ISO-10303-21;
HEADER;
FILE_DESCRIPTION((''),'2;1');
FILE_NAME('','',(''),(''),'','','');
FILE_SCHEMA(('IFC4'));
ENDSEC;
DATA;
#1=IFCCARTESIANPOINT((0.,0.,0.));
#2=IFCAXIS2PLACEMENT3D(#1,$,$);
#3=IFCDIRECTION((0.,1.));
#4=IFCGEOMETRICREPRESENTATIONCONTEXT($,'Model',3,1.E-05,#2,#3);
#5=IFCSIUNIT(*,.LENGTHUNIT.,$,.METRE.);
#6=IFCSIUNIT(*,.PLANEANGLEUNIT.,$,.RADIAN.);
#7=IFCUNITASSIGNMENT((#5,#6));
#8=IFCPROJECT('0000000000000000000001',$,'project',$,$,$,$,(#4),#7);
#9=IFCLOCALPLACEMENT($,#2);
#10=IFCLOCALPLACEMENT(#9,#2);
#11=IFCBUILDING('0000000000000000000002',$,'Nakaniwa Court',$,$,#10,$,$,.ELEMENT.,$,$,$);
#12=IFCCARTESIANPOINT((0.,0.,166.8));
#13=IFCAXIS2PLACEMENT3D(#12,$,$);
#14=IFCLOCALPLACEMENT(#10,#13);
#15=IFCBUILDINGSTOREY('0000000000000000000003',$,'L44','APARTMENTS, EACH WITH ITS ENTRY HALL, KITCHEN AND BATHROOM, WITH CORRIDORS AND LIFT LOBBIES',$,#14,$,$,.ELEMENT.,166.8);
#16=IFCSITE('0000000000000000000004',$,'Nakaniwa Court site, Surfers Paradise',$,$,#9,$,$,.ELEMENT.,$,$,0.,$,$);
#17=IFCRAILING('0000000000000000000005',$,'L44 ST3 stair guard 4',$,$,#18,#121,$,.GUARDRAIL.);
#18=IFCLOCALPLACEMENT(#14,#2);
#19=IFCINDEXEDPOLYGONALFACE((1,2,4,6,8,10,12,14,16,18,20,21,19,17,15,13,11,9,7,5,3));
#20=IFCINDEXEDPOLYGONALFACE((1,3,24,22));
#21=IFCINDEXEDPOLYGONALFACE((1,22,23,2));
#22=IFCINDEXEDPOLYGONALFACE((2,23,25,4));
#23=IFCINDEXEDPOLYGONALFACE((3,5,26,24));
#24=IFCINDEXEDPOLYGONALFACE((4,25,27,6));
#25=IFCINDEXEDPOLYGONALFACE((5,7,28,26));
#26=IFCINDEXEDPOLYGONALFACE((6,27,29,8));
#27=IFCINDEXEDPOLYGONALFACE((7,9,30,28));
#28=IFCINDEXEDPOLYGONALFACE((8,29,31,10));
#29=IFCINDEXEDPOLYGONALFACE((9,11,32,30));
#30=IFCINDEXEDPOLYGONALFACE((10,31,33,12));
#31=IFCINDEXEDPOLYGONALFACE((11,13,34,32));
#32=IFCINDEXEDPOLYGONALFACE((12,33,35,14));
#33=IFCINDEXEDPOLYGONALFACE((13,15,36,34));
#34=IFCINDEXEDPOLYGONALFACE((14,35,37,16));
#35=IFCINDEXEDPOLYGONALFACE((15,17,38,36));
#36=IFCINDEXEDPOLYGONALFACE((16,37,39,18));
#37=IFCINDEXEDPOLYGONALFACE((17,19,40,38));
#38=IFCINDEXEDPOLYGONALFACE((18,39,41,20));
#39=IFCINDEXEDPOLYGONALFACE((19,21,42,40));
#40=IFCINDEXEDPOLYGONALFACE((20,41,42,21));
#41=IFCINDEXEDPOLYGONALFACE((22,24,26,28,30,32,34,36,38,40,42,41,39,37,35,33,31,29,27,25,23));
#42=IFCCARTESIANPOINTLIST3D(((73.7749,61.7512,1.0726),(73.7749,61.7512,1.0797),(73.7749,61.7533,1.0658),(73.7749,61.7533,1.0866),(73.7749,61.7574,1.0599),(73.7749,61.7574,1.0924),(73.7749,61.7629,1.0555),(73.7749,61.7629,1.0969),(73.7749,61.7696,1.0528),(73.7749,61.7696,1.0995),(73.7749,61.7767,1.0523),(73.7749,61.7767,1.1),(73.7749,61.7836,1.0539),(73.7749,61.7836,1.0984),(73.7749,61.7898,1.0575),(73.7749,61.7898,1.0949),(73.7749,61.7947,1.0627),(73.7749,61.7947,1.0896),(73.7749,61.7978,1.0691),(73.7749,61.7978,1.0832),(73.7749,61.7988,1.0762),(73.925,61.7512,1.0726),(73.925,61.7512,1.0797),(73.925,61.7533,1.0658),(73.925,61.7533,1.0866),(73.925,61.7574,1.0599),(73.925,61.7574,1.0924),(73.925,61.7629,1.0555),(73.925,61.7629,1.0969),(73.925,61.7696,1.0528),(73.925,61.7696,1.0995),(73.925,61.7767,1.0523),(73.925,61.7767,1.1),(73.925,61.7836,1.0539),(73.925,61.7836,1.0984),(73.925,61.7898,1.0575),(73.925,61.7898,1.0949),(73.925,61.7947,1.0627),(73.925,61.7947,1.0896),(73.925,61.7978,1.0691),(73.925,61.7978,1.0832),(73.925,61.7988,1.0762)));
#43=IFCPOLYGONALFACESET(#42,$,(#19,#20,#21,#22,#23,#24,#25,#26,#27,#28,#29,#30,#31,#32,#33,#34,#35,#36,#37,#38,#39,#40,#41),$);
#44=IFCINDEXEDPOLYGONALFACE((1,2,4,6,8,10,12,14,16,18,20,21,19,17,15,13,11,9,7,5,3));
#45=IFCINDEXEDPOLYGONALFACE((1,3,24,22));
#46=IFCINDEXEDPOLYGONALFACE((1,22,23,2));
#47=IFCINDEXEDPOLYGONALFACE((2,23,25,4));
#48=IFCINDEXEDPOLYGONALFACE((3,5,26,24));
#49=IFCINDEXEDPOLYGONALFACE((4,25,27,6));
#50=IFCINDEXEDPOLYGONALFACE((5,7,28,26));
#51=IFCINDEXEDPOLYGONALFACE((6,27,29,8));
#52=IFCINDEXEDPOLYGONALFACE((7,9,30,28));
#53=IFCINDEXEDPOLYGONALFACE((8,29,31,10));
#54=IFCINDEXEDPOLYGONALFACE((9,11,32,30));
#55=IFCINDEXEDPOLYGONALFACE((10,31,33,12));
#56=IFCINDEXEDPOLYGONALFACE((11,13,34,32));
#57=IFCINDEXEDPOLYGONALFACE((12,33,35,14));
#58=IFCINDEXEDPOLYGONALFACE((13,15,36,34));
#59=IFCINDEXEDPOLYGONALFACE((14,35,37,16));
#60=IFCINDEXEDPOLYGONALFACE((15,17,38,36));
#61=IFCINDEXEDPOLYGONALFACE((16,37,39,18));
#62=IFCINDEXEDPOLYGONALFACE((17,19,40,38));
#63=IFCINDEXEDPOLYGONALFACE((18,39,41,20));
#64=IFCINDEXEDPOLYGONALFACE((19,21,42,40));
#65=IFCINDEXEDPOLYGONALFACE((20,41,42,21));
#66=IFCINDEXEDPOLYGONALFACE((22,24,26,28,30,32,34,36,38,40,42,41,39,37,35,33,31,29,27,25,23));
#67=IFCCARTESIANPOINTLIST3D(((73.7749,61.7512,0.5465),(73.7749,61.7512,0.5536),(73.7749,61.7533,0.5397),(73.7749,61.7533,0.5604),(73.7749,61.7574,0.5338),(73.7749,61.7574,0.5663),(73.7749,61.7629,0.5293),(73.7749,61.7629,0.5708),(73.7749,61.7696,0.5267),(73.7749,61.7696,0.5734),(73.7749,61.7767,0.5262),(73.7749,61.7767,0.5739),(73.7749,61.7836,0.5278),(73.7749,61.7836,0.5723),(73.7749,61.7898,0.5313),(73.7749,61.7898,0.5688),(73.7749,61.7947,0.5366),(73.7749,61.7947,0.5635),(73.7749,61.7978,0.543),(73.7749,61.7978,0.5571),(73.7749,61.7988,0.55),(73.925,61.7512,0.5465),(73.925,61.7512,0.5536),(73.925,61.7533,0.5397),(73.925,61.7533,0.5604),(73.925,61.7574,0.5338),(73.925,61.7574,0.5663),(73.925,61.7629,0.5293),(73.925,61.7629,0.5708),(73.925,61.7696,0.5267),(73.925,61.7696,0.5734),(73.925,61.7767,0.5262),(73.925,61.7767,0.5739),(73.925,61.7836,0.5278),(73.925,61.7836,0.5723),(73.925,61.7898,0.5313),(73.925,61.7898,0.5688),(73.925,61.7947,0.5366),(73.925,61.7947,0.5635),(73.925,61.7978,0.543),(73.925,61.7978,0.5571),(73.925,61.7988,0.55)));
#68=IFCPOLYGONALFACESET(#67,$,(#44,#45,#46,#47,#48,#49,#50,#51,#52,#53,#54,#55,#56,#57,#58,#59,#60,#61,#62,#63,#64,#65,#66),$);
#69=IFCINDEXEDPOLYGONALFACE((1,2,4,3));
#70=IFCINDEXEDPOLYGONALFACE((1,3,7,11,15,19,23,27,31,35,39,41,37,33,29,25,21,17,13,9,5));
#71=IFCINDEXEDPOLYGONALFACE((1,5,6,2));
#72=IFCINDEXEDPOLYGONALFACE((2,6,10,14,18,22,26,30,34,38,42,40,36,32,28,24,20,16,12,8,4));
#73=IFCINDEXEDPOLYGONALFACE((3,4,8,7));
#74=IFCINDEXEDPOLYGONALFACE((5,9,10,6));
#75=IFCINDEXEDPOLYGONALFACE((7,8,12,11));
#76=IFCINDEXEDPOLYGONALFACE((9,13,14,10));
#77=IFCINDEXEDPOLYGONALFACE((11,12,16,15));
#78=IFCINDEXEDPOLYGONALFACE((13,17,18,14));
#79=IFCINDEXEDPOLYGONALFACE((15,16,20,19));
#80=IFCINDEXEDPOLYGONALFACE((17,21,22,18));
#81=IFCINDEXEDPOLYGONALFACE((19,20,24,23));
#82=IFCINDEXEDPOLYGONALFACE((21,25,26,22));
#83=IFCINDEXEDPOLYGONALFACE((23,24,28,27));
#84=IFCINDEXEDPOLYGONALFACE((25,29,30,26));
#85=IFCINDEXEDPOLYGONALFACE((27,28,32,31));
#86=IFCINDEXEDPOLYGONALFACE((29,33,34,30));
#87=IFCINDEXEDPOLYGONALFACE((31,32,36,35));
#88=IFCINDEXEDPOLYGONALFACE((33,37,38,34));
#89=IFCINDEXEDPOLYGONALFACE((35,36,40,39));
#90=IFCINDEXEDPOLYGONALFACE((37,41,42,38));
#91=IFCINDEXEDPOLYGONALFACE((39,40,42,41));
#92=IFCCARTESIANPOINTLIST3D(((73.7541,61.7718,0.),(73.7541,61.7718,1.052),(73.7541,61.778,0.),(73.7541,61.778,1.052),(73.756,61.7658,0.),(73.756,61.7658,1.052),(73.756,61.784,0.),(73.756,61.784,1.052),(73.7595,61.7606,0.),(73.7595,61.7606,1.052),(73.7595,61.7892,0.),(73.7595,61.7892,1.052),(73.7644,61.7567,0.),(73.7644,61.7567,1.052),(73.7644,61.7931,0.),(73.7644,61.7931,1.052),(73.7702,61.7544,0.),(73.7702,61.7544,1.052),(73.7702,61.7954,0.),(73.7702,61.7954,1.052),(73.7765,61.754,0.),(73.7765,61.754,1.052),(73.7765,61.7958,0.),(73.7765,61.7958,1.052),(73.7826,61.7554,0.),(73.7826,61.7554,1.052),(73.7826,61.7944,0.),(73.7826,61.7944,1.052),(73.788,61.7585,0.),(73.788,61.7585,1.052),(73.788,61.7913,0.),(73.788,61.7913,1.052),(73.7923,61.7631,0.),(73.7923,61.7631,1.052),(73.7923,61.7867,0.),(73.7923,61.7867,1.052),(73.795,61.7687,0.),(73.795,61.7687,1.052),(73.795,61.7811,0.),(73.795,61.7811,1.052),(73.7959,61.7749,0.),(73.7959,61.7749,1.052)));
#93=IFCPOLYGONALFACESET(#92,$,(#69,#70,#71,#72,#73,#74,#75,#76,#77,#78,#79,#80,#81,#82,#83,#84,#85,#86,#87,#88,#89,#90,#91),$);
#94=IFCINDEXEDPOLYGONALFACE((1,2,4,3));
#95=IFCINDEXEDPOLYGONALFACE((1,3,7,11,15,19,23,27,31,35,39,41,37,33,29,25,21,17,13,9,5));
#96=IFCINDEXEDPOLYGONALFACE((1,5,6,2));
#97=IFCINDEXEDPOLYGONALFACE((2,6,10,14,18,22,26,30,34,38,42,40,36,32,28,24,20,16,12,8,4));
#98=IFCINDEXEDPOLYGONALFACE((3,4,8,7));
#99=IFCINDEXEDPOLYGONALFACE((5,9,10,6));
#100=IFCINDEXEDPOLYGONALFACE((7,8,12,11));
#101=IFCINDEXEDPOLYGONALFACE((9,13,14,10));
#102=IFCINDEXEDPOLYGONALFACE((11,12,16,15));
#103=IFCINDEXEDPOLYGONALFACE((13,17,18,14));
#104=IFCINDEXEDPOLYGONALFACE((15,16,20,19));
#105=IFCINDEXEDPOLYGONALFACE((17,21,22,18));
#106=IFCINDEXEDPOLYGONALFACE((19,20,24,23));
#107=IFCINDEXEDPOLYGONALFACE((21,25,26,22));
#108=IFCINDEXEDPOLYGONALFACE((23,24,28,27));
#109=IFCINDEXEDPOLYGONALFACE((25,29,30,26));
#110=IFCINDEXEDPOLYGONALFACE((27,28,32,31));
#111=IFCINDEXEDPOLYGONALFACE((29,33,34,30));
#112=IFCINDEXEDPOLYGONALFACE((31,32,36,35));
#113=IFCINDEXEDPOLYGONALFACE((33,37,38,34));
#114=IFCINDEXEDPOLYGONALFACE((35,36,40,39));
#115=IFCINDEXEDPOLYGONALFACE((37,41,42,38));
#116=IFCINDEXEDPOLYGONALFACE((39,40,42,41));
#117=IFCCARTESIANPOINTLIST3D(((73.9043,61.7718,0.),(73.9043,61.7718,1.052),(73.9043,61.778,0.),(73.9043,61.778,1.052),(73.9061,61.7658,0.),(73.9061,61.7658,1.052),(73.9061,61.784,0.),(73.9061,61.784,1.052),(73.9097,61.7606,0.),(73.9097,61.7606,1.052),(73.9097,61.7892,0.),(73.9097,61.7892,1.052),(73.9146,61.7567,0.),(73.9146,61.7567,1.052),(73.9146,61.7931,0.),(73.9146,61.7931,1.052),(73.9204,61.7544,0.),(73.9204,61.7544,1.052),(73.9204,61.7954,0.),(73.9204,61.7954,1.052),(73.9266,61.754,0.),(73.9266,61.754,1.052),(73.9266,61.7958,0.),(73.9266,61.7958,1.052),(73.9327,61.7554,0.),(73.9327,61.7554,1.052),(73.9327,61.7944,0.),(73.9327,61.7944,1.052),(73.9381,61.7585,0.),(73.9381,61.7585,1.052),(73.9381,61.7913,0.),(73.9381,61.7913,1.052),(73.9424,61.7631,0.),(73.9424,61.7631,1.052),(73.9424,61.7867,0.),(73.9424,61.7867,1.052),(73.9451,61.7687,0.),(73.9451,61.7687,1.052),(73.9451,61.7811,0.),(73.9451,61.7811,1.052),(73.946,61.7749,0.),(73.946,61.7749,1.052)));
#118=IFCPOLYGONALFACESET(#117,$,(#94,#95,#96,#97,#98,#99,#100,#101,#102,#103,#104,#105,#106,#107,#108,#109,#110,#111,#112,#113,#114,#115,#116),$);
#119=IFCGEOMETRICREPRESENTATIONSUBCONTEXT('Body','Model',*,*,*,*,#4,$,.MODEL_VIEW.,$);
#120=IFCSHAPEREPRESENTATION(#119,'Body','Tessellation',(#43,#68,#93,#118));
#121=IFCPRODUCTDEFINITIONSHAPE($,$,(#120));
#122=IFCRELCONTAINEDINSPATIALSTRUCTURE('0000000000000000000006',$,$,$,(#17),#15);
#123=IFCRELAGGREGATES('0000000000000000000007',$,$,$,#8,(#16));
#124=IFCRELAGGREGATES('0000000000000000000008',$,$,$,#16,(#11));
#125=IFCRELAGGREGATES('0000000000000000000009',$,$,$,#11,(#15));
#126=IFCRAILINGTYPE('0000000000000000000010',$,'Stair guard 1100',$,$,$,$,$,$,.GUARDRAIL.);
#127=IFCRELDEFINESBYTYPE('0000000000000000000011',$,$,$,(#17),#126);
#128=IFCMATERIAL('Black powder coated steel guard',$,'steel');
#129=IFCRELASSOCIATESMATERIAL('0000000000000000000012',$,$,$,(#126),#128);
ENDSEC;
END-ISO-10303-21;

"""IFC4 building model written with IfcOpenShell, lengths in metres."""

from ifc_helpers import new_model, si_unit, direction, frame, origin, origin_2d, place, context, subcontext, project, spatial, circle, extrude, material, type_object, element, save


model = new_model("IFC4")

# Units and contexts
model_context = context("Model", 3, precision=1e-05, world=origin(), true_north=direction((0.0, 1.0)))
body_context = subcontext(model_context, "Body", "Model", "MODEL_VIEW")
ifc_project = project(units=[si_unit("LENGTHUNIT", "METRE"), si_unit("PLANEANGLEUNIT", "RADIAN")], contexts=[model_context])

# Site, building, storey
site_placement = place(None, origin())
site = spatial("IfcSite", under=ifc_project, at=site_placement, Name="Nakaniwa Court site, Surfers Paradise", CompositionType="ELEMENT", RefElevation=0.0)
building_placement = place(site_placement, origin())
building = spatial("IfcBuilding", under=site, at=building_placement, Name="Nakaniwa Court", CompositionType="ELEMENT")
storey_placement = place(building_placement, frame((0.0, 0.0, 166.8)))
storey = spatial("IfcBuildingStorey", under=building, at=storey_placement, Name="L44", Description="APARTMENTS, EACH WITH ITS ENTRY HALL, KITCHEN AND BATHROOM, WITH CORRIDORS AND LIFT LOBBIES", CompositionType="ELEMENT", Elevation=166.8)

# Railing
ifc_material_1 = material(Name="Black powder coated steel guard", Category="steel")
railing_type_1 = type_object("IfcRailingType", Name="Stair guard 1100", PredefinedType="GUARDRAIL", material=ifc_material_1)
railing_1_placement = place(storey_placement, frame((73.7749, 61.7749, 0.0)))
element("IfcRailing", 1, at=railing_1_placement, inside=storey, type_object=railing_type_1, Name="L44 ST3 stair guard 4", PredefinedType="GUARDRAIL", context=body_context, shape_type="SweptSolid", body=[
    extrude(circle(Radius=0.0239, at=origin_2d()), frame((0.0, 0.0, 1.0762), z_axis=(1.0, 0.0, 0.0), x_axis=(0.0, 1.0, 0.0)), (0.0, 0.0, 1.0), 0.1501),
    extrude(circle(Radius=0.0239, at=origin_2d()), frame((0.0, 0.0, 0.55), z_axis=(1.0, 0.0, 0.0), x_axis=(0.0, 1.0, 0.0)), (0.0, 0.0, 1.0), 0.1501),
    extrude(circle(Radius=0.021, at=origin_2d()), origin(), (0.0, 0.0, 1.0), 1.052),
    extrude(circle(Radius=0.021, at=origin_2d()), frame((0.1501, 0.0, 0.0)), (0.0, 0.0, 1.0), 1.052),
])

save(model, "model.ifc")
